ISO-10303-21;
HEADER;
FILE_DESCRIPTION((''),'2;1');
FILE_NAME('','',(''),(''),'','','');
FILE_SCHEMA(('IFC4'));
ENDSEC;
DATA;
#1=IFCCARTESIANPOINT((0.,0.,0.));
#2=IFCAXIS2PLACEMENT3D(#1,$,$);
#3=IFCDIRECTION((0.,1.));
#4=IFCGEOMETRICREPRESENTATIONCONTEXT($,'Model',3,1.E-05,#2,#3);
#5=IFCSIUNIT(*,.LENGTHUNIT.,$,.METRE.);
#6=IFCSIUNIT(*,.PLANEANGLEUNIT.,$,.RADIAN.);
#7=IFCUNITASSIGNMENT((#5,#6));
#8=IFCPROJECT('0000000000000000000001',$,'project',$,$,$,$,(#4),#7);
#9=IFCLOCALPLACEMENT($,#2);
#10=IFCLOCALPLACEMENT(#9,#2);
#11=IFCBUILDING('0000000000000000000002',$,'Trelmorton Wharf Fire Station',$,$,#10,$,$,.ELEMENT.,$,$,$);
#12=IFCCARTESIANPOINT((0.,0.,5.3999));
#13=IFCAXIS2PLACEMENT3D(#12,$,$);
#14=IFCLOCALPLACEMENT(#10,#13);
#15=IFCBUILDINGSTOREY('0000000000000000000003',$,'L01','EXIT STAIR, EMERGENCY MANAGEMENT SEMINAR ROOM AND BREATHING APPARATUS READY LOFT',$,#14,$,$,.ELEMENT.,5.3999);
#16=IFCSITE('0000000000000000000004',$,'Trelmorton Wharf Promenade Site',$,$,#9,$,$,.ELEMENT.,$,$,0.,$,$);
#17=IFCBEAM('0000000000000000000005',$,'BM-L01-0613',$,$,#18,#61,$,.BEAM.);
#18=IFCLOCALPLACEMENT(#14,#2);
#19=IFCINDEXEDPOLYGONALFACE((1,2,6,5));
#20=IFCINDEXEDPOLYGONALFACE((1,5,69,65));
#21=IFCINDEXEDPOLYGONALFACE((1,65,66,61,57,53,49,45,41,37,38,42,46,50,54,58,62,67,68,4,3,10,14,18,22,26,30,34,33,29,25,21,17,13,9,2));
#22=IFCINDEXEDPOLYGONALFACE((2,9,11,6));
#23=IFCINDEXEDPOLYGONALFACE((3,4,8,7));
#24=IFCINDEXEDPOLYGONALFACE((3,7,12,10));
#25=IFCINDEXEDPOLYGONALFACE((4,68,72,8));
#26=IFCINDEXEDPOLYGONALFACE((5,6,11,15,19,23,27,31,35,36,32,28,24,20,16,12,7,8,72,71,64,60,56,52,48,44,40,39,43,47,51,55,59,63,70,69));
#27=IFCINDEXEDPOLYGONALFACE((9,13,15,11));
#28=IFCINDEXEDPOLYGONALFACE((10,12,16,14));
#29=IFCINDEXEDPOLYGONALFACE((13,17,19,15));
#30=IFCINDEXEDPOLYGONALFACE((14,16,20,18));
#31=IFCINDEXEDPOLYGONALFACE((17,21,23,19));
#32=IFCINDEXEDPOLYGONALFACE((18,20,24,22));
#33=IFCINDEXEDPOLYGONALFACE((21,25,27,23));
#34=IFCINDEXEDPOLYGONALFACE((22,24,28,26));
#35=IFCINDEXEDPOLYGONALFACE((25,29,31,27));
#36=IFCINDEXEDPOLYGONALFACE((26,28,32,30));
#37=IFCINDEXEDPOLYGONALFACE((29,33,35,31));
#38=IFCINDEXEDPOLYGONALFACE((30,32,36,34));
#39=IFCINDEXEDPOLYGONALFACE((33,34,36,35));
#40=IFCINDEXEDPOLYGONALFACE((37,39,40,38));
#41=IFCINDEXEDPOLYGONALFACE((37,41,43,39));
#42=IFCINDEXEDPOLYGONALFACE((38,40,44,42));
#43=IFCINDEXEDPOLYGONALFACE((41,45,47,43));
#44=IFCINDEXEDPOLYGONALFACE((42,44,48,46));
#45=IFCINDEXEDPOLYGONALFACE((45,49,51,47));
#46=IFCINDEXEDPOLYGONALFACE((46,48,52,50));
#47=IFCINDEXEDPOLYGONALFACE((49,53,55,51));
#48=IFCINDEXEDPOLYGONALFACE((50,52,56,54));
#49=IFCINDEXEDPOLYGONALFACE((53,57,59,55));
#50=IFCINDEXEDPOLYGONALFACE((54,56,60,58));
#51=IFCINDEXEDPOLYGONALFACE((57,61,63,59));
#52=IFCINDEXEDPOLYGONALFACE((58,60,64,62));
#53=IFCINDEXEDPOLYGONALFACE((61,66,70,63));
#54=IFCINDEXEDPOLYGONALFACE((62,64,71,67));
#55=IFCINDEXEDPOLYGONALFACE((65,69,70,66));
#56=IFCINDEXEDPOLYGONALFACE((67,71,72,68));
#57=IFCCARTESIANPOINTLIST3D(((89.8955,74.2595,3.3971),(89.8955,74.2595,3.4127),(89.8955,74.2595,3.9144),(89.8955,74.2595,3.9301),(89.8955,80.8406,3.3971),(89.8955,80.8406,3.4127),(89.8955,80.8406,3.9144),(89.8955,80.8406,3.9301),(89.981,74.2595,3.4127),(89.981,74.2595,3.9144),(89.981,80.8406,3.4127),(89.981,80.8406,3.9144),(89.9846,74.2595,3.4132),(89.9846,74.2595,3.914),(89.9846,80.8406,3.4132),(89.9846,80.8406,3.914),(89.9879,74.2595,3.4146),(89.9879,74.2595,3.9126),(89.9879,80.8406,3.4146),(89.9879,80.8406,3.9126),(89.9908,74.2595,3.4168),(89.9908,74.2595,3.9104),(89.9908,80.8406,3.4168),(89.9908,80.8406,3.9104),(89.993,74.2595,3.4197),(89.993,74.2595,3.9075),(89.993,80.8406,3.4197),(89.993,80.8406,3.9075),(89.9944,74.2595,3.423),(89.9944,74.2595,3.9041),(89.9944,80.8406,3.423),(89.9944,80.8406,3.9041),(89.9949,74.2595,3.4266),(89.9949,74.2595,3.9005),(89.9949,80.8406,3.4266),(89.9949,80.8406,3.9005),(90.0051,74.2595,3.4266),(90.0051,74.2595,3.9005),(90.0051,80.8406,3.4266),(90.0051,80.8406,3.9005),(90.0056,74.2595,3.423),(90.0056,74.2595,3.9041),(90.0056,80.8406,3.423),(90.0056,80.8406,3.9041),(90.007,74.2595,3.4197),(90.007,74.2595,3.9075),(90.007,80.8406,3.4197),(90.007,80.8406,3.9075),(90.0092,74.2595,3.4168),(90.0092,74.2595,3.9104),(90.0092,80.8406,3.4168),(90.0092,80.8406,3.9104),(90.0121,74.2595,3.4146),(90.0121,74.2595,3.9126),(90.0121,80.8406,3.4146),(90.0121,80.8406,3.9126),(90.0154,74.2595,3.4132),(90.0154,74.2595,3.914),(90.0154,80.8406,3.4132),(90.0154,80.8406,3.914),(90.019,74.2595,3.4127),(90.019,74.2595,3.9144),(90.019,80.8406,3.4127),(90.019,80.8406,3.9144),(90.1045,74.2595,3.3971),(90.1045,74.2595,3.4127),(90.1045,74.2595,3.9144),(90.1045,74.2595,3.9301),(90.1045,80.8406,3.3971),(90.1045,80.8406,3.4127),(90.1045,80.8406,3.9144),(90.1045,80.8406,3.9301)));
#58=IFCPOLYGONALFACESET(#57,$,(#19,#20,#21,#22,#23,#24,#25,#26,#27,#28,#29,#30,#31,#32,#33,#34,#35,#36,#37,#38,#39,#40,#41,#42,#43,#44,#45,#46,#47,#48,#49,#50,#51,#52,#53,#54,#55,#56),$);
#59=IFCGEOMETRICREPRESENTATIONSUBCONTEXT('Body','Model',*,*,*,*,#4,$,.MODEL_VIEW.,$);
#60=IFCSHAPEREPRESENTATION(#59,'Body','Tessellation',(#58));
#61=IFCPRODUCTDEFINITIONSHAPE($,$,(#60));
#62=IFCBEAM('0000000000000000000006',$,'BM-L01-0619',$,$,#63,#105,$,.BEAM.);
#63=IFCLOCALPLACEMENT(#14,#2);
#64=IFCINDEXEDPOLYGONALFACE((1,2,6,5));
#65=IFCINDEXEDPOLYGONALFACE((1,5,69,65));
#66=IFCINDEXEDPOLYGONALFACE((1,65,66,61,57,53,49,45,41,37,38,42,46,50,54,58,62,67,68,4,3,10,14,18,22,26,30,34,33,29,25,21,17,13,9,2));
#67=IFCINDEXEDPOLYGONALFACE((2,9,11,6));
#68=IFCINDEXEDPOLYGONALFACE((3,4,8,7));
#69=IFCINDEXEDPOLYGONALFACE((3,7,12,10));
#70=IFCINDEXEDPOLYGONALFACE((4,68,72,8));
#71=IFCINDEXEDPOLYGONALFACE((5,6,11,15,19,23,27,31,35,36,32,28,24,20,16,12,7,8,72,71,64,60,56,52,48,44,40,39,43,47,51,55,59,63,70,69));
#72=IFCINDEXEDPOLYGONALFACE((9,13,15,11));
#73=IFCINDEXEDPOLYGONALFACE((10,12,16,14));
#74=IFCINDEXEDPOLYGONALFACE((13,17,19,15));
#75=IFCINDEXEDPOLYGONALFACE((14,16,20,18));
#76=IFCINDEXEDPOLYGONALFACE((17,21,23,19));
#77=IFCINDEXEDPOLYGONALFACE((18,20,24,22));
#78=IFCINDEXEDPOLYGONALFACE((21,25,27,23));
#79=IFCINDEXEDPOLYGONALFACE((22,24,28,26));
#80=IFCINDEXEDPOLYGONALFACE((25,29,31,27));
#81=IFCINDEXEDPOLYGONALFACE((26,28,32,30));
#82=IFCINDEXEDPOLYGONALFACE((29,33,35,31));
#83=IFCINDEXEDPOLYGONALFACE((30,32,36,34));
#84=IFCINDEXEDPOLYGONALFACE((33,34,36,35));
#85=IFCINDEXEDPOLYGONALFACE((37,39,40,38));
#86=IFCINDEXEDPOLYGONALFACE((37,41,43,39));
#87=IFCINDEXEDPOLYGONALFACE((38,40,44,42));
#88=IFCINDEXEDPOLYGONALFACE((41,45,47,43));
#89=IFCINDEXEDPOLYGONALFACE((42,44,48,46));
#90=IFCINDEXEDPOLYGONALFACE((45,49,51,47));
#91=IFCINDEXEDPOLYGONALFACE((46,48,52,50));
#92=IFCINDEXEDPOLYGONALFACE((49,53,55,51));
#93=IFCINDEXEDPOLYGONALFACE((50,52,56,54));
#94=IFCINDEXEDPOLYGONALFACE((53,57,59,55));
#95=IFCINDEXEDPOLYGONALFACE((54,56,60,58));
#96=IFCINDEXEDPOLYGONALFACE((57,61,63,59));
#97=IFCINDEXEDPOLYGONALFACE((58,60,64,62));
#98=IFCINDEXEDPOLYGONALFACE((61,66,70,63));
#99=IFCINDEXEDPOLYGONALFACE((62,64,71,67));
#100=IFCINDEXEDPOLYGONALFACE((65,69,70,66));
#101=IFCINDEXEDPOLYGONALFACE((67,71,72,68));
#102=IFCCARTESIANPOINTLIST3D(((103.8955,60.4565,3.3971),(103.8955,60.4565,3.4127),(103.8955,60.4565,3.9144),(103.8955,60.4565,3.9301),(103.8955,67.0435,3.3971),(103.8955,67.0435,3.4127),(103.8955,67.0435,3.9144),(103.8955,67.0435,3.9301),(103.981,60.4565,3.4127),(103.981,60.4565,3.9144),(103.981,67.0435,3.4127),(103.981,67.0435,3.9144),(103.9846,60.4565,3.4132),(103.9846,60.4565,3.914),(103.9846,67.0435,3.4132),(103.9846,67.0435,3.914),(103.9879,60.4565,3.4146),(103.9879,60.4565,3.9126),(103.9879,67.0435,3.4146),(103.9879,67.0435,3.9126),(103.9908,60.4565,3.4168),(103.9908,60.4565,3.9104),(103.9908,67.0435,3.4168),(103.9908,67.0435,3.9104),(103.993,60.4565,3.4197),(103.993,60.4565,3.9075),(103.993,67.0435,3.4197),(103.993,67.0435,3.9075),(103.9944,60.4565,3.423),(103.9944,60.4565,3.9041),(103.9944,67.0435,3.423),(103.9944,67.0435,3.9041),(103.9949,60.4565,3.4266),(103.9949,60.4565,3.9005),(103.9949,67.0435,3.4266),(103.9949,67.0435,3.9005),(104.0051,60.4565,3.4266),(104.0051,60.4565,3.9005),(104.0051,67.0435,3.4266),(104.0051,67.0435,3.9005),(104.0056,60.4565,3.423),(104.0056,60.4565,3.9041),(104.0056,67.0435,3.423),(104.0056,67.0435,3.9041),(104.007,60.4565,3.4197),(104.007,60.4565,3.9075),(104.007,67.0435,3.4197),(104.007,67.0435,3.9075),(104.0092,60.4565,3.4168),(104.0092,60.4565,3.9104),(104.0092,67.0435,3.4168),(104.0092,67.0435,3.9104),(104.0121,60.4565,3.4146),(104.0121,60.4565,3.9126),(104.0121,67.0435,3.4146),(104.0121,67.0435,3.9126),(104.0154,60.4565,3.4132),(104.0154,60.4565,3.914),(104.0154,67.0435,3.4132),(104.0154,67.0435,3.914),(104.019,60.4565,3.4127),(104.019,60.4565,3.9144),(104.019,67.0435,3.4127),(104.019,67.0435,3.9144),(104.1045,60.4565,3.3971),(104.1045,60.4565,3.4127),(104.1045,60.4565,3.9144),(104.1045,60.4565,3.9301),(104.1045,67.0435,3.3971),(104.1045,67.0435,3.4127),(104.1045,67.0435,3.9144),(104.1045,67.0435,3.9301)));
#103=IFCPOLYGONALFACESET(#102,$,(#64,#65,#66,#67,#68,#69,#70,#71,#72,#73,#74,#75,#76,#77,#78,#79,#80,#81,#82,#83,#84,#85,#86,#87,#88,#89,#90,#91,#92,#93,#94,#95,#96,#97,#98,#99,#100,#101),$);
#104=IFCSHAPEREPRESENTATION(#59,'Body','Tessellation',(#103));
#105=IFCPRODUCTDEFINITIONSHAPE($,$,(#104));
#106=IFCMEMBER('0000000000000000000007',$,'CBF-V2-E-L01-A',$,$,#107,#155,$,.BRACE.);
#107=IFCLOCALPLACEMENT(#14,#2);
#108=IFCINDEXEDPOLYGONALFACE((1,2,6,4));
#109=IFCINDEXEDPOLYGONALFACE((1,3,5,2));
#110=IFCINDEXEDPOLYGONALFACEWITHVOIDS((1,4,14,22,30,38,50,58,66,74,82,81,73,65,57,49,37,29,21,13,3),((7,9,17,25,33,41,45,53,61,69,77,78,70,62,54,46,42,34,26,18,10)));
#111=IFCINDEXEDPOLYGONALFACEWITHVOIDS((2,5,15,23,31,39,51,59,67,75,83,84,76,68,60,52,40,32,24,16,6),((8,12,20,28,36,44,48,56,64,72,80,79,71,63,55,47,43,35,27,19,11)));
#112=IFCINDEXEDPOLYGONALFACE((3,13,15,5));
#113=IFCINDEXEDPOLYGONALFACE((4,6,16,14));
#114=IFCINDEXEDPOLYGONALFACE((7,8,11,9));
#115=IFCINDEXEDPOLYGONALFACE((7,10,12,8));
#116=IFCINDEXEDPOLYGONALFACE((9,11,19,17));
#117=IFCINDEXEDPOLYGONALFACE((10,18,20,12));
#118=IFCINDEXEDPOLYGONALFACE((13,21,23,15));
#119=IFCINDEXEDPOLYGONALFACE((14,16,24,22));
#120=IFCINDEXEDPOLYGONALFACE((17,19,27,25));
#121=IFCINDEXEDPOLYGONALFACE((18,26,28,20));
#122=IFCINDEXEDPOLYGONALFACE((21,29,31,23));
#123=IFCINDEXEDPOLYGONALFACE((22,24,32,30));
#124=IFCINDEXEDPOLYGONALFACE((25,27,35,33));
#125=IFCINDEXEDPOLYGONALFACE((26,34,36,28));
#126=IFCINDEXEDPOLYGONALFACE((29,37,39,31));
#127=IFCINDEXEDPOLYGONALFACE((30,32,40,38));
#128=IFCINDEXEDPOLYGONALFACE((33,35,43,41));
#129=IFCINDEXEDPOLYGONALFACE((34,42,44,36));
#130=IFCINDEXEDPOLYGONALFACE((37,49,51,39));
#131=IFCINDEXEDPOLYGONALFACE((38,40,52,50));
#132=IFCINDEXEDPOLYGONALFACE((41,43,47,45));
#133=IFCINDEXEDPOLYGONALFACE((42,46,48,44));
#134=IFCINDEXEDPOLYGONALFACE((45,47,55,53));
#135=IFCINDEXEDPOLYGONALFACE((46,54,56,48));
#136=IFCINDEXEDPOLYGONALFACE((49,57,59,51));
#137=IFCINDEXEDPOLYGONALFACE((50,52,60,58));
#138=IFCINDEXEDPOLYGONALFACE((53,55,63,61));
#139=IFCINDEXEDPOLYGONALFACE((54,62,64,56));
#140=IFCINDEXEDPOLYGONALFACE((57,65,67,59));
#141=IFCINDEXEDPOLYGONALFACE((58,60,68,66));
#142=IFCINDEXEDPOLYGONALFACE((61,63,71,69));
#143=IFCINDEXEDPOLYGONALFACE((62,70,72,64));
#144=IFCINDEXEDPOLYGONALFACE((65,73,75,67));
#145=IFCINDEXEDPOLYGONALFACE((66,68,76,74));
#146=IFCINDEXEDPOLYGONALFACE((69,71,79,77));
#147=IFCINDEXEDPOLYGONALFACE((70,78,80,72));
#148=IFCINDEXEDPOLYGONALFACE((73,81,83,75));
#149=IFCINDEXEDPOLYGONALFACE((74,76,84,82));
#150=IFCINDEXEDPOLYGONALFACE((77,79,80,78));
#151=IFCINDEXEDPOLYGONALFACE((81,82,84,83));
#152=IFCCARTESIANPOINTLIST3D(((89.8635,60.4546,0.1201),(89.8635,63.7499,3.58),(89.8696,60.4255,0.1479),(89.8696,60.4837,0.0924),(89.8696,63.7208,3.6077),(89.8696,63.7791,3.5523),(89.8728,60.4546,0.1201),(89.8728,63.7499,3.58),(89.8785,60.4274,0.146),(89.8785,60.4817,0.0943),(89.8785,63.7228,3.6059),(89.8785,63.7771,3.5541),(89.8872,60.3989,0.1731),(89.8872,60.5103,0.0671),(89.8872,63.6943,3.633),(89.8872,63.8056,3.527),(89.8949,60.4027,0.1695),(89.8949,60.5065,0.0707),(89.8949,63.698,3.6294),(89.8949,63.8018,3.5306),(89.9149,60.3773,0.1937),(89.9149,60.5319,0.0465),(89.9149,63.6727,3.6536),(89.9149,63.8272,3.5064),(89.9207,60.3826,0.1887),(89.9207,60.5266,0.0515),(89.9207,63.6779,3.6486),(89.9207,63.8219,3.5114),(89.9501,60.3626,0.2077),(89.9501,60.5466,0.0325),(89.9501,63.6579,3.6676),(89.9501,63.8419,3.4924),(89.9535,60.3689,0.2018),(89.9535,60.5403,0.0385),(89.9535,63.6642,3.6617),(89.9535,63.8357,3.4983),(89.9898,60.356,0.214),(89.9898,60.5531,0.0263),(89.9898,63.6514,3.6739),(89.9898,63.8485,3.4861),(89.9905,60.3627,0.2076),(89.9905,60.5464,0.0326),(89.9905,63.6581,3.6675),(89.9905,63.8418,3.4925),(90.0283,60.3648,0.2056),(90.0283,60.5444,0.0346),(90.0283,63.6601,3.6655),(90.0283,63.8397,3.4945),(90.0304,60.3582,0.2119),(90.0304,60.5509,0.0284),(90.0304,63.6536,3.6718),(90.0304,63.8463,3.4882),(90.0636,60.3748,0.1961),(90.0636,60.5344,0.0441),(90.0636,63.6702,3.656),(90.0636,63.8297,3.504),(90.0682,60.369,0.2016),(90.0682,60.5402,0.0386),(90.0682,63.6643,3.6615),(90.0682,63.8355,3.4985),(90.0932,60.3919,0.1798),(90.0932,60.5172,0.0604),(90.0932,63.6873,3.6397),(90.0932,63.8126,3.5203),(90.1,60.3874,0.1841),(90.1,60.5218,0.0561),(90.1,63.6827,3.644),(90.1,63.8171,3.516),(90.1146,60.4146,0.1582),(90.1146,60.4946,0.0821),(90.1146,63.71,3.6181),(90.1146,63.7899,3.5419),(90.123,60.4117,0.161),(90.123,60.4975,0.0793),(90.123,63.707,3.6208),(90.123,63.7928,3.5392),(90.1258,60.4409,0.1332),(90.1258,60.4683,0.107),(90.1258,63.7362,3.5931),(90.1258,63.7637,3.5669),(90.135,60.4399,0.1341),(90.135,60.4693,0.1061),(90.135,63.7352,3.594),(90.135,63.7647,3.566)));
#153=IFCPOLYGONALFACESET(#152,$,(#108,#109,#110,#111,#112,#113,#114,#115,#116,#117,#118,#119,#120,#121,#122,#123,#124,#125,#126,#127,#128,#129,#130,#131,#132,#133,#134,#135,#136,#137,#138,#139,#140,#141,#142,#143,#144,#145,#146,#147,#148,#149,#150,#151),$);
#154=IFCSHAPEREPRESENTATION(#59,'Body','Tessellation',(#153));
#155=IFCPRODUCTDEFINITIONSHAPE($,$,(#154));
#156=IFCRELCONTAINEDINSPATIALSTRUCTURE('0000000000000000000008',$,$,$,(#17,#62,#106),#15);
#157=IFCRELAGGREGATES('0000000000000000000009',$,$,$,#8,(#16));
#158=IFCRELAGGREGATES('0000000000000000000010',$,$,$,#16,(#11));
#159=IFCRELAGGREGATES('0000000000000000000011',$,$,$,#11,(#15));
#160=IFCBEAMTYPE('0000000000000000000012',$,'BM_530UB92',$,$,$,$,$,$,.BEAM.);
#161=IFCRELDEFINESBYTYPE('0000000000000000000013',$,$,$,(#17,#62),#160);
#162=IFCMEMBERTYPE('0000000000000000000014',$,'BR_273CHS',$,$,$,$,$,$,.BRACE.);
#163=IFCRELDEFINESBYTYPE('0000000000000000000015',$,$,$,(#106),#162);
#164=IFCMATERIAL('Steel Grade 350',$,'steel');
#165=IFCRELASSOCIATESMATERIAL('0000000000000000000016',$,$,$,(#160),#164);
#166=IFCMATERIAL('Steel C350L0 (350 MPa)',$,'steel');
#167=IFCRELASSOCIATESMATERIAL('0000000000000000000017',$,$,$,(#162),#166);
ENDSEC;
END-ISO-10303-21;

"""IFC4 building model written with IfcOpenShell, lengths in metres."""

from ifc_helpers import new_model, si_unit, direction, frame, origin, origin_2d, place, context, subcontext, project, spatial, hollow_circle, i_section, extrude, material, material_profile, profile_set, type_object, element, save


model = new_model("IFC4")

# Units and contexts
model_context = context("Model", 3, precision=1e-05, world=origin(), true_north=direction((0.0, 1.0)))
body_context = subcontext(model_context, "Body", "Model", "MODEL_VIEW")
ifc_project = project(units=[si_unit("LENGTHUNIT", "METRE"), si_unit("PLANEANGLEUNIT", "RADIAN")], contexts=[model_context])

# Site, building, storey
site_placement = place(None, origin())
site = spatial("IfcSite", under=ifc_project, at=site_placement, Name="Trelmorton Wharf Promenade Site", CompositionType="ELEMENT", RefElevation=0.0)
building_placement = place(site_placement, origin())
building = spatial("IfcBuilding", under=site, at=building_placement, Name="Trelmorton Wharf Fire Station", CompositionType="ELEMENT")
storey_placement = place(building_placement, frame((0.0, 0.0, 5.3999)))
storey = spatial("IfcBuildingStorey", under=building, at=storey_placement, Name="L01", Description="EXIT STAIR, EMERGENCY MANAGEMENT SEMINAR ROOM AND BREATHING APPARATUS READY LOFT", CompositionType="ELEMENT", Elevation=5.3999)

# Shared definitions
ifc_material_1 = material(Name="Steel Grade 350", Category="steel")

# Beams
ifc_material_profile_1 = material_profile(ifc_material_1, i_section(OverallWidth=0.209, OverallDepth=0.533, WebThickness=0.0103, FlangeThickness=0.0156, FilletRadius=0.0139, at=origin_2d()), Name="530UB92.4")
ifc_profile_set_1 = profile_set([ifc_material_profile_1], Name="Steel Grade 350")
beam_type = type_object("IfcBeamType", Name="BM_530UB92", PredefinedType="BEAM", material=ifc_profile_set_1)
beam_1_placement = place(storey_placement, frame((90.0, 74.2595, 3.6636), z_axis=(0.0, 1.0, 0.0), x_axis=(-1.0, 0.0, 0.0)))
element("IfcBeam", 1, at=beam_1_placement, inside=storey, type_object=beam_type, Name="BM-L01-0613", PredefinedType="BEAM", context=body_context, shape_type="SweptSolid", body=[
    extrude(i_section(OverallWidth=0.209, OverallDepth=0.533, WebThickness=0.0103, FlangeThickness=0.0156, FilletRadius=0.0139, at=origin_2d()), origin(), (0.0, 0.0, 1.0), 6.5811),
])
beam_2_placement = place(storey_placement, frame((104.0, 60.4565, 3.6636), z_axis=(0.0, 1.0, 0.0), x_axis=(-1.0, 0.0, 0.0)))
element("IfcBeam", 2, at=beam_2_placement, inside=storey, type_object=beam_type, Name="BM-L01-0619", PredefinedType="BEAM", context=body_context, shape_type="SweptSolid", body=[
    extrude(i_section(OverallWidth=0.209, OverallDepth=0.533, WebThickness=0.0103, FlangeThickness=0.0156, FilletRadius=0.0139, at=origin_2d()), origin(), (0.0, 0.0, 1.0), 6.5869),
])

# Member
ifc_material_2 = material(Name="Steel C350L0 (350 MPa)", Category="steel")
ifc_material_profile_2 = material_profile(ifc_material_2, hollow_circle(Radius=0.1365, WallThickness=0.0093, at=origin_2d()), Name="273.1x9.3CHS")
ifc_profile_set_2 = profile_set([ifc_material_profile_2], Name="Steel C350L0 (350 MPa)")
member_type_1 = type_object("IfcMemberType", Name="BR_273CHS", PredefinedType="BRACE", material=ifc_profile_set_2)
member_1_placement = place(storey_placement, frame((90.0, 60.4546, 0.1201), z_axis=(0.0, 0.689678, 0.724116), x_axis=(-1.0, 0.0, 0.0)))
element("IfcMember", 3, at=member_1_placement, inside=storey, type_object=member_type_1, Name="CBF-V2-E-L01-A", PredefinedType="BRACE", context=body_context, shape_type="SweptSolid", body=[
    extrude(hollow_circle(Radius=0.1365, WallThickness=0.0093, at=origin_2d()), origin(), (0.0, 0.0, 1.0), 4.7781),
])

save(model, "model.ifc")
